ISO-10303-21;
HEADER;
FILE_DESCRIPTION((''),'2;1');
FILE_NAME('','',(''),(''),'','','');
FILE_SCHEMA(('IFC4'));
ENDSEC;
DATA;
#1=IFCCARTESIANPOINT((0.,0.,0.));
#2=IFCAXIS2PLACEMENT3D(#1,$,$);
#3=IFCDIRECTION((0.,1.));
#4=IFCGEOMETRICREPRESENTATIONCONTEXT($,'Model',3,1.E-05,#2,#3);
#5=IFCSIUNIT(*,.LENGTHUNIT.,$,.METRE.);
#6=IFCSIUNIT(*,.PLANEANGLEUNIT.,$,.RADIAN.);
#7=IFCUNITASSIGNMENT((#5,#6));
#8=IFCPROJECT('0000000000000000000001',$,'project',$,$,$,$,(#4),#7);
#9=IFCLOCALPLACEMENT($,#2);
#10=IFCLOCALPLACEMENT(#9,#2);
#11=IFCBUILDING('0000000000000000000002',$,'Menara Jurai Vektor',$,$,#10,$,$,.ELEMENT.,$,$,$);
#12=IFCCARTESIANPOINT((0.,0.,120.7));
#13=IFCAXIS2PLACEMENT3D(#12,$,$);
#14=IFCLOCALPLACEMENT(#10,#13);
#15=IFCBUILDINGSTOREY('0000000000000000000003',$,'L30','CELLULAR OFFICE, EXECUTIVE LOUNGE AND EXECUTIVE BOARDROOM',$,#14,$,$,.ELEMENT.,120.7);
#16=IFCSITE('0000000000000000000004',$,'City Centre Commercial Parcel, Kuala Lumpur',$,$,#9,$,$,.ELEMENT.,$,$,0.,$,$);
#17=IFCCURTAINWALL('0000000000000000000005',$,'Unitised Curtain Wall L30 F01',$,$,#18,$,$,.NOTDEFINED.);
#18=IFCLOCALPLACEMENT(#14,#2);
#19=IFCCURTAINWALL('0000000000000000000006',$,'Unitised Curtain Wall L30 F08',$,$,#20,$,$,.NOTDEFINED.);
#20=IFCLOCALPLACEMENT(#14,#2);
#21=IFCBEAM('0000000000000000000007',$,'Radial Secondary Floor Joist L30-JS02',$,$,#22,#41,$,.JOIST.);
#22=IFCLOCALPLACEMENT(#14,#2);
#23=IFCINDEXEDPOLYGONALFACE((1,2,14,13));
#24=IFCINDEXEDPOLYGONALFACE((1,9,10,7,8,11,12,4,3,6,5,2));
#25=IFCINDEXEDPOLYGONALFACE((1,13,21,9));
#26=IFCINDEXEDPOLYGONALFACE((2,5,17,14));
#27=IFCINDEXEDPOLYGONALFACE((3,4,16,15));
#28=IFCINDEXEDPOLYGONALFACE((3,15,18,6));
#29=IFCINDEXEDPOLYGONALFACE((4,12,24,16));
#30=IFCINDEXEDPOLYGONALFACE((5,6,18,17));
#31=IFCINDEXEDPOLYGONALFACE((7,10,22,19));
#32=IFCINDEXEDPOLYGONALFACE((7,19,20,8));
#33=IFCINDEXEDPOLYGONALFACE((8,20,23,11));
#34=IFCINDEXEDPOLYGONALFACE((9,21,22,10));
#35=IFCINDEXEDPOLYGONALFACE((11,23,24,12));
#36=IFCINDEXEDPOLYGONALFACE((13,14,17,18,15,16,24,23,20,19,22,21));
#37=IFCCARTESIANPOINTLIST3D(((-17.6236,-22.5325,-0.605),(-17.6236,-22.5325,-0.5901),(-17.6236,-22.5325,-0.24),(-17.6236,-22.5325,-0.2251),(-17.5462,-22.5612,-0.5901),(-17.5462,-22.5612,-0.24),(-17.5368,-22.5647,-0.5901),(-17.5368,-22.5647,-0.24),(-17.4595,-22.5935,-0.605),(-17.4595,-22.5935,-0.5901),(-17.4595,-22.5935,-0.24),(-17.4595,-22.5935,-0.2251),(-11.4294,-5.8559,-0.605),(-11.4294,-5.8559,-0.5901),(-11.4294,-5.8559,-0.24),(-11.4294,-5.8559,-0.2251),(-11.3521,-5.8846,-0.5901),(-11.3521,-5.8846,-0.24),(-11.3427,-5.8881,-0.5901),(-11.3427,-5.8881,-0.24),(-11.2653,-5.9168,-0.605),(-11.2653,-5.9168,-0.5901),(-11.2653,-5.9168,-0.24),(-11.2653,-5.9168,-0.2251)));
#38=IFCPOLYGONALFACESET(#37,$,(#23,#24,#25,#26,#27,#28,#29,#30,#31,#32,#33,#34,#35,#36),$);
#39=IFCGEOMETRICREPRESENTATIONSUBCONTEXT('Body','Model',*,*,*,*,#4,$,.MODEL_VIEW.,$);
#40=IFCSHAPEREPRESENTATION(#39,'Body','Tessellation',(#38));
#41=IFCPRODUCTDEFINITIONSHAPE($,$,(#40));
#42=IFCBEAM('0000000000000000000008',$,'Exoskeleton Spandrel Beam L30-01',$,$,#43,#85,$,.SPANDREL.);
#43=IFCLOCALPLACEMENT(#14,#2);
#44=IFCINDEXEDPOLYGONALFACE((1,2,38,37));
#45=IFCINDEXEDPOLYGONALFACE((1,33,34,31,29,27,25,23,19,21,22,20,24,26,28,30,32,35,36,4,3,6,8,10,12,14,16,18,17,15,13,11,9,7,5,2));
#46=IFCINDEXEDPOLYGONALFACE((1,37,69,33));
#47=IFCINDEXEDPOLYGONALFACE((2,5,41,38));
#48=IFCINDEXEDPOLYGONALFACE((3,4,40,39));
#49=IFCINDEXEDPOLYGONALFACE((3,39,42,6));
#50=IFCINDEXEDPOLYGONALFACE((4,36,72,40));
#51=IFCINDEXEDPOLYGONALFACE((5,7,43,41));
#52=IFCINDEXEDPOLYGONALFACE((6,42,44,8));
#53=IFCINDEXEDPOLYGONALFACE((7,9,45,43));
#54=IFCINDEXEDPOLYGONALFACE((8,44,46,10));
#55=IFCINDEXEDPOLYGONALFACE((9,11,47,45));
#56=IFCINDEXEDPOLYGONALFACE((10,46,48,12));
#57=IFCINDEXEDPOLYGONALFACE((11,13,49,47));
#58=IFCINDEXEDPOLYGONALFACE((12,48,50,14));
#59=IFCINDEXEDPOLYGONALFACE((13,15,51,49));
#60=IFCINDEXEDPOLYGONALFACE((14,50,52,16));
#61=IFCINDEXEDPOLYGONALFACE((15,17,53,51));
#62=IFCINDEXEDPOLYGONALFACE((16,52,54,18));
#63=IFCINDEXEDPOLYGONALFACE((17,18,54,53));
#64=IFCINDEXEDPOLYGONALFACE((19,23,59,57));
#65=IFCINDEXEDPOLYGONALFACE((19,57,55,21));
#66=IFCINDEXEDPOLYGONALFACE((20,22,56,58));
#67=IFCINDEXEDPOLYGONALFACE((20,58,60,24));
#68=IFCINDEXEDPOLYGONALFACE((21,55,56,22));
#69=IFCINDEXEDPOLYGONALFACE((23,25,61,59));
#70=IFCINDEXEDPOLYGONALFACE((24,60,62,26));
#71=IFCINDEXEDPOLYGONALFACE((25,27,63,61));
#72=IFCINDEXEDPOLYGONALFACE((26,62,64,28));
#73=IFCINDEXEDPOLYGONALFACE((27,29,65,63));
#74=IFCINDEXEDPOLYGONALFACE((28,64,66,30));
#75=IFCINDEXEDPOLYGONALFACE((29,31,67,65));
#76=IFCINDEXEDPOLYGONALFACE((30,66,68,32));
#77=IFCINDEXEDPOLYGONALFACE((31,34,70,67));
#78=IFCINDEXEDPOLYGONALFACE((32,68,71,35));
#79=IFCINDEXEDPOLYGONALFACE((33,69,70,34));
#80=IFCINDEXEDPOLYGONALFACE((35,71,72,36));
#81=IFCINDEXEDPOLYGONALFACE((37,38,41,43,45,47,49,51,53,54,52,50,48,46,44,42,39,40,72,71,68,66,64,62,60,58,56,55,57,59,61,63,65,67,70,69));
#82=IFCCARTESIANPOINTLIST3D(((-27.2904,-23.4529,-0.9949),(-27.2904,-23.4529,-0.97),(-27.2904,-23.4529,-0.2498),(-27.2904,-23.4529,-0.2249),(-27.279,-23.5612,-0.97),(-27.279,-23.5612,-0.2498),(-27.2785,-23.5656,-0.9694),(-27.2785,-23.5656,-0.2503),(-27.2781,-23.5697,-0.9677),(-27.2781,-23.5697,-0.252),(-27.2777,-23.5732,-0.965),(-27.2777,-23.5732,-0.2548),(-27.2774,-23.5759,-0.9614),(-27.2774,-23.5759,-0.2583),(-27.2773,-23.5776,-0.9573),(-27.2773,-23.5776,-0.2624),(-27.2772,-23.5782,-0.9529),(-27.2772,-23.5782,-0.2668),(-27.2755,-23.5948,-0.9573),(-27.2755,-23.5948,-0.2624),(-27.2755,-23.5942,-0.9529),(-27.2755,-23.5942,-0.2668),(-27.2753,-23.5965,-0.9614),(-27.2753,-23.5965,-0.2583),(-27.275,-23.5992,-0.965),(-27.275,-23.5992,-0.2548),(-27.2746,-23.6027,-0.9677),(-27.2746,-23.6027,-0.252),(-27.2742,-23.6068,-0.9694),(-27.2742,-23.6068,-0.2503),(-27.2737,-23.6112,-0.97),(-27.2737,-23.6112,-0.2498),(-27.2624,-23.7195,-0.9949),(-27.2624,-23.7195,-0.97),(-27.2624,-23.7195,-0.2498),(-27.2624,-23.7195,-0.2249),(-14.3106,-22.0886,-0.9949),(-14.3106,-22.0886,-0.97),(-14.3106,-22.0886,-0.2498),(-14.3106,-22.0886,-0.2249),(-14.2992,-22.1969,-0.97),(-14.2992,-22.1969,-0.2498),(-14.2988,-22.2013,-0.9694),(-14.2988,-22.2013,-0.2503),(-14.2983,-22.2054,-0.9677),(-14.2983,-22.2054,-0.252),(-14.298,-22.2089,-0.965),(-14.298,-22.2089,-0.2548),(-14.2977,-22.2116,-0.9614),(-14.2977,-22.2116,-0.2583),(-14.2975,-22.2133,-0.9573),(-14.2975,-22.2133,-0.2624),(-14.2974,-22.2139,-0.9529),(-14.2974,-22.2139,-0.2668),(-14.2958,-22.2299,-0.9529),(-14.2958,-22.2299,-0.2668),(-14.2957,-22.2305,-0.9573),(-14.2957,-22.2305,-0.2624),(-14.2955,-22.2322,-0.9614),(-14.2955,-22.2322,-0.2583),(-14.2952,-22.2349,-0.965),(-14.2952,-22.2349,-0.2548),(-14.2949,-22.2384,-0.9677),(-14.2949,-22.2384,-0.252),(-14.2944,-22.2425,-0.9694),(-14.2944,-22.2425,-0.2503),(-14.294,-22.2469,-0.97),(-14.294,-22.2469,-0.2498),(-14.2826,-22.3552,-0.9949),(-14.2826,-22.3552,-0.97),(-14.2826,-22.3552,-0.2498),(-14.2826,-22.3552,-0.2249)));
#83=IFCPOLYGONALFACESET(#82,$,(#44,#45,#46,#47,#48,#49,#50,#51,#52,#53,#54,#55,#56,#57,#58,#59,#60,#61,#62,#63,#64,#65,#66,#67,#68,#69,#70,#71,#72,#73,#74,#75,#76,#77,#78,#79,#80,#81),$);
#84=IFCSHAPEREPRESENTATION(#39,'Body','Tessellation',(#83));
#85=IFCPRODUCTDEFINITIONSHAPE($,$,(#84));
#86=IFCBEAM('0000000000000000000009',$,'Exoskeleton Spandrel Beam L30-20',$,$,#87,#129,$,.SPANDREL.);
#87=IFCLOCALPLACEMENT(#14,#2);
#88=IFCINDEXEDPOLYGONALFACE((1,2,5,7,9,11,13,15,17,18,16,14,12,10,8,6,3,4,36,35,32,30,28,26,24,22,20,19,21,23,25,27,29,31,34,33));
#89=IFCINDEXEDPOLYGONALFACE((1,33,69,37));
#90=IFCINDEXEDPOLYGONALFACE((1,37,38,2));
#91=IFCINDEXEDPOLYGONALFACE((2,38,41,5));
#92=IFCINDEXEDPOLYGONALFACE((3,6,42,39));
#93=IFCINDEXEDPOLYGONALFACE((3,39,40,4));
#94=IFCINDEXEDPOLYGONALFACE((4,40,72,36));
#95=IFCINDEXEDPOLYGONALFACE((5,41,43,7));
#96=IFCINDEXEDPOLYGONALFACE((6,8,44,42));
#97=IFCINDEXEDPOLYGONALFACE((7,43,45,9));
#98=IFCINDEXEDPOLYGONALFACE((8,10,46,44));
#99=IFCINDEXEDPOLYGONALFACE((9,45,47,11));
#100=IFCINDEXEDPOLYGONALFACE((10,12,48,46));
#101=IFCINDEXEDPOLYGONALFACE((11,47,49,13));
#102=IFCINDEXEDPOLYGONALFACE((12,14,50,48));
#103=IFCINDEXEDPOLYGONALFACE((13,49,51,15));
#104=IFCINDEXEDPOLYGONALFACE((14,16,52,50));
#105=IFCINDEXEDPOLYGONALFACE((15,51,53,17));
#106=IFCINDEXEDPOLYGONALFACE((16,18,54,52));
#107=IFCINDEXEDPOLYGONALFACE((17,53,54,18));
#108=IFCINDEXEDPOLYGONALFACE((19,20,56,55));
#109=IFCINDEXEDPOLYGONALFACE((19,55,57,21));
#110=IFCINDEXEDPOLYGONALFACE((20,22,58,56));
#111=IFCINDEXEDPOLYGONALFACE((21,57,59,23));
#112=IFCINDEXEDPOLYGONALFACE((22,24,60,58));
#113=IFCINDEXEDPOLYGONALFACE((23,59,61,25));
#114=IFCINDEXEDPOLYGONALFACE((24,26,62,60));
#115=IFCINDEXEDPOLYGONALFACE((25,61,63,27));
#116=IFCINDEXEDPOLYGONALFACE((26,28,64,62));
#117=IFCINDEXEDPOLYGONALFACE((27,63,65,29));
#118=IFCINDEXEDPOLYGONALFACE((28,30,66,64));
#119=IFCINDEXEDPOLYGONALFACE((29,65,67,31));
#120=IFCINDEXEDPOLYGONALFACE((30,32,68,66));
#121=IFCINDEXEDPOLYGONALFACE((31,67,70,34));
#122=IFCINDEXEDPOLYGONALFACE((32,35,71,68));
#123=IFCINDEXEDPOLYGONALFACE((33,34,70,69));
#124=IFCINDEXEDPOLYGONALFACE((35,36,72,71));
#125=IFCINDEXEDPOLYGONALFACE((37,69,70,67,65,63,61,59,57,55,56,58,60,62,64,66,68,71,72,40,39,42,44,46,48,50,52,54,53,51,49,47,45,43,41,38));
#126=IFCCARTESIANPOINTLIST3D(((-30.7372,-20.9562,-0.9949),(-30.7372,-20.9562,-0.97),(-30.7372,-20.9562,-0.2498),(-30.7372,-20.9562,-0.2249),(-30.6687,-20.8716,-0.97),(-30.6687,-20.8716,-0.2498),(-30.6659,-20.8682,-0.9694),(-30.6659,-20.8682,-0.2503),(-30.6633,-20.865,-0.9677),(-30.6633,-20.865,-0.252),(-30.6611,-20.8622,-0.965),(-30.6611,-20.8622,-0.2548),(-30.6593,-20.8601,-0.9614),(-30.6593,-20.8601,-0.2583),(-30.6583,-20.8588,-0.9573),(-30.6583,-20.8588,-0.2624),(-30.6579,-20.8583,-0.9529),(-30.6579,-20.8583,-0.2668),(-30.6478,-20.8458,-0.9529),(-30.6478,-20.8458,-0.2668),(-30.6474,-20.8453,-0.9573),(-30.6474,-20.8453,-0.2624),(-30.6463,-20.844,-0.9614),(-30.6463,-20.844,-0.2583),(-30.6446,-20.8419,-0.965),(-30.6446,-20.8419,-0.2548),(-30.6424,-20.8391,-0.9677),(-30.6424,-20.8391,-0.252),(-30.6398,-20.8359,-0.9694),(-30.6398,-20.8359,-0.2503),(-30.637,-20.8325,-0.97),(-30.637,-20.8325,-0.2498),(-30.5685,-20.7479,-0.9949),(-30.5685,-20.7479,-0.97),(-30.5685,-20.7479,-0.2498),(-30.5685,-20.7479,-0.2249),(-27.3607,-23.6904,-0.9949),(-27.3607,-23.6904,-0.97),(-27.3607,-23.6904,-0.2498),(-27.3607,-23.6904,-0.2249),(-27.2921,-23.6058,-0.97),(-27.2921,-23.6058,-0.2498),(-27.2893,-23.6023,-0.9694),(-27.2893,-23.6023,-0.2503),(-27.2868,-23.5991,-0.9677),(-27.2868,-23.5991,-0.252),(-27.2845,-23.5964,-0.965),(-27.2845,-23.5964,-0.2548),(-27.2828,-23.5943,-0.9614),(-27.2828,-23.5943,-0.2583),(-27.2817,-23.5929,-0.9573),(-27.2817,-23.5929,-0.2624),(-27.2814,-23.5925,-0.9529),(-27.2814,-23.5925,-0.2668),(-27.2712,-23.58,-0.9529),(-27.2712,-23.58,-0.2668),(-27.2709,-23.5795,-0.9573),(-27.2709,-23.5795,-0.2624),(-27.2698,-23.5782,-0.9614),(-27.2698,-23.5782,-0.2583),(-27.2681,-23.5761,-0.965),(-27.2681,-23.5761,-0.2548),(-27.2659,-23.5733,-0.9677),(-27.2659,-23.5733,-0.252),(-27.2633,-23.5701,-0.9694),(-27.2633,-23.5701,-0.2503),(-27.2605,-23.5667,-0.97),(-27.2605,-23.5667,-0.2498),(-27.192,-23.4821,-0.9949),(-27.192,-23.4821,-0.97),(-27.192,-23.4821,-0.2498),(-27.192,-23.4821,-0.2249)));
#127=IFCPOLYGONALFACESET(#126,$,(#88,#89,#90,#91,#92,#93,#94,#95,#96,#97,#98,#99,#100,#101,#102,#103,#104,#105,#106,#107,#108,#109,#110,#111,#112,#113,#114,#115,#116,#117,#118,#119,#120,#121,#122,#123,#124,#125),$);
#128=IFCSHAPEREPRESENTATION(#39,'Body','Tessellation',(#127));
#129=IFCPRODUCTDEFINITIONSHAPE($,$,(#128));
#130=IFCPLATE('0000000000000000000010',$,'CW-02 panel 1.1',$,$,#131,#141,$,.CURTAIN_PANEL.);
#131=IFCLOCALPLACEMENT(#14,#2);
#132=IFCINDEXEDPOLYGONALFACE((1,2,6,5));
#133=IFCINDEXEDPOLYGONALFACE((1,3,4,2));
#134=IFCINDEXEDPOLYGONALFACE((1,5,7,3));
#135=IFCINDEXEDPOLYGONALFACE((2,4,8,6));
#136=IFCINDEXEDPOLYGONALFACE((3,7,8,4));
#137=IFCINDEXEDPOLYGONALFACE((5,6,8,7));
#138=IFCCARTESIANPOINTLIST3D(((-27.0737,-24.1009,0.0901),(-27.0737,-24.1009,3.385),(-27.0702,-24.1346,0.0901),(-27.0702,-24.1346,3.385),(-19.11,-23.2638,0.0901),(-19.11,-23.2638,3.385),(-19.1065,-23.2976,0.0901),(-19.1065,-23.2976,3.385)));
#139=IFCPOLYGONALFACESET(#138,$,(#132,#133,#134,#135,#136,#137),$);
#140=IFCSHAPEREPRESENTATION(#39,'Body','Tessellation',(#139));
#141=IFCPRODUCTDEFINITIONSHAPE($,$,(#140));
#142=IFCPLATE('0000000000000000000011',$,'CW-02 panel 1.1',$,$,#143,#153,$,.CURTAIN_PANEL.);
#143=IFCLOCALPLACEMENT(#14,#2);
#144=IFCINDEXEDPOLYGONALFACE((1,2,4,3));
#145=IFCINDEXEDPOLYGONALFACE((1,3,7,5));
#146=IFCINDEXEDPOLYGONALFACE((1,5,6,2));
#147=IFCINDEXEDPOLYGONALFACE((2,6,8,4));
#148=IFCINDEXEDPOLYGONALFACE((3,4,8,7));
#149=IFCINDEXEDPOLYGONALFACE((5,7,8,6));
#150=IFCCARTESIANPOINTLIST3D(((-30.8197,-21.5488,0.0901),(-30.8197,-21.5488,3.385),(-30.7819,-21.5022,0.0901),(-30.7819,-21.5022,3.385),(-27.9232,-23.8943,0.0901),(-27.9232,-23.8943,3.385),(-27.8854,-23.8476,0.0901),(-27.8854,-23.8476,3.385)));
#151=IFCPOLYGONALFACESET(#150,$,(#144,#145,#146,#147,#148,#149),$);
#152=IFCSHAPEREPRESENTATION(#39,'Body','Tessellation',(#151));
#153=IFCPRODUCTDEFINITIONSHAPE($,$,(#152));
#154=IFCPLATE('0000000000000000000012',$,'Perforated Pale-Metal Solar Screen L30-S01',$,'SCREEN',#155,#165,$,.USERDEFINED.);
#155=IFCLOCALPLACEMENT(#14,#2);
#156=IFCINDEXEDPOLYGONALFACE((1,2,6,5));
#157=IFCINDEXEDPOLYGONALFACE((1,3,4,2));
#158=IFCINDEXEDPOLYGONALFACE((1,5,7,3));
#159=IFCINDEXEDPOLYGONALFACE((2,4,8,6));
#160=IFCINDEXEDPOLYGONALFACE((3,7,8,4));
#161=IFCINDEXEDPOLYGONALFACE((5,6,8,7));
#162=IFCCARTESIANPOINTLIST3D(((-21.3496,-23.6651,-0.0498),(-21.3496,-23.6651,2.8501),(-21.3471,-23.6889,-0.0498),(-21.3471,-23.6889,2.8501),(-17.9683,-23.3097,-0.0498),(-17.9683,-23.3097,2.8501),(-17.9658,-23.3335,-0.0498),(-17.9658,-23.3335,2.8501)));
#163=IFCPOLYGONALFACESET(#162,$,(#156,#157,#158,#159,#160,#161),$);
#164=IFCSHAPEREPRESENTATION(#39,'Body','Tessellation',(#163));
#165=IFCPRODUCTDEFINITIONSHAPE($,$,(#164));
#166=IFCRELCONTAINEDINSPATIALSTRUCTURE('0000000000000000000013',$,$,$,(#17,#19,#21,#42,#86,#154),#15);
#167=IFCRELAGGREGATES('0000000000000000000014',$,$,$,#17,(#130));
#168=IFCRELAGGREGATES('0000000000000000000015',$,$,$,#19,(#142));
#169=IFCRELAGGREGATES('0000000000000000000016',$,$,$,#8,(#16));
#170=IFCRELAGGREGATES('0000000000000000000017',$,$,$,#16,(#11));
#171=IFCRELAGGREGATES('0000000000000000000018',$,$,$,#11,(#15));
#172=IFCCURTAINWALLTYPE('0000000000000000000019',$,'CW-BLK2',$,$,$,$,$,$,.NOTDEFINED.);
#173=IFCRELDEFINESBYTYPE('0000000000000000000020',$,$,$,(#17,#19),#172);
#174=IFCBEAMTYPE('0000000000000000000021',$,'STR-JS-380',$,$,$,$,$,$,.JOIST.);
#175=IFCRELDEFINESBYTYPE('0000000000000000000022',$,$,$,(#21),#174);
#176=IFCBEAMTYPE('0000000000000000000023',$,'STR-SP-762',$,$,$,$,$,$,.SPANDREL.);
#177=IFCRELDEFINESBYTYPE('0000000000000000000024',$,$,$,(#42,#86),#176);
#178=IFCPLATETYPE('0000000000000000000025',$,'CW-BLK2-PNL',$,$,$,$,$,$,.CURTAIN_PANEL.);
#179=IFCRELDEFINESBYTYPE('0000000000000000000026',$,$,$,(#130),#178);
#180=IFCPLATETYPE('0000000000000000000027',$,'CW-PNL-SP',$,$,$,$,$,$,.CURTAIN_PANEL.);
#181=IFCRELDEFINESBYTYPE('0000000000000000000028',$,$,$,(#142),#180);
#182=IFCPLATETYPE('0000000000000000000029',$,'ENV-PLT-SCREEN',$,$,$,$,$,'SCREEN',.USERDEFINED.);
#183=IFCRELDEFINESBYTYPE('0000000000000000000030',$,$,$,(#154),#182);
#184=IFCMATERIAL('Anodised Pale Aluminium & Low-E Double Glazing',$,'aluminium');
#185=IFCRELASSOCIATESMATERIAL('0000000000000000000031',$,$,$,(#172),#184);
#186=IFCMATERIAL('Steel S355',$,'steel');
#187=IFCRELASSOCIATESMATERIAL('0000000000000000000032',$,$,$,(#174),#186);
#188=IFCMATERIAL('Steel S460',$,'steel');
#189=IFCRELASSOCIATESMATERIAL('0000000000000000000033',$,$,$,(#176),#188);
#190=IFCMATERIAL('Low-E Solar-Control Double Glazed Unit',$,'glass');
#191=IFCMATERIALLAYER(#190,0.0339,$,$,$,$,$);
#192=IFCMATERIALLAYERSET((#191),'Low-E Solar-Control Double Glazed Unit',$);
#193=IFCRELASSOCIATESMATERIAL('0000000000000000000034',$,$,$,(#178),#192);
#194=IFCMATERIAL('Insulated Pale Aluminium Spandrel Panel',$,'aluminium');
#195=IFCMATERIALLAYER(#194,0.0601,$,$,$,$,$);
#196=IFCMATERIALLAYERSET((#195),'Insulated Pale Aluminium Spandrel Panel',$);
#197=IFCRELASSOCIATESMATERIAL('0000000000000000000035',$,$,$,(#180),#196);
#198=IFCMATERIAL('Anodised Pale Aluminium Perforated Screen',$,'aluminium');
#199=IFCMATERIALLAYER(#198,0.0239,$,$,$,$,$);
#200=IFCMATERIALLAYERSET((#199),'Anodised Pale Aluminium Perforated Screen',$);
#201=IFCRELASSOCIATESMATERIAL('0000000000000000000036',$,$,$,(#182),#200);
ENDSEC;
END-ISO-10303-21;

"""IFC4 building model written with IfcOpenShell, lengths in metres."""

from ifc_helpers import new_model, si_unit, direction, frame, origin, origin_2d, place, context, subcontext, project, spatial, rectangle, i_section, extrude, material, layer, layer_set, material_profile, profile_set, type_object, element, aggregate, save


model = new_model("IFC4")

# Units and contexts
model_context = context("Model", 3, precision=1e-05, world=origin(), true_north=direction((0.0, 1.0)))
body_context = subcontext(model_context, "Body", "Model", "MODEL_VIEW")
ifc_project = project(units=[si_unit("LENGTHUNIT", "METRE"), si_unit("PLANEANGLEUNIT", "RADIAN")], contexts=[model_context])

# Site, building, storey
site_placement = place(None, origin())
site = spatial("IfcSite", under=ifc_project, at=site_placement, Name="City Centre Commercial Parcel, Kuala Lumpur", CompositionType="ELEMENT", RefElevation=0.0)
building_placement = place(site_placement, origin())
building = spatial("IfcBuilding", under=site, at=building_placement, Name="Menara Jurai Vektor", CompositionType="ELEMENT")
storey_placement = place(building_placement, frame((0.0, 0.0, 120.7)))
storey = spatial("IfcBuildingStorey", under=building, at=storey_placement, Name="L30", Description="CELLULAR OFFICE, EXECUTIVE LOUNGE AND EXECUTIVE BOARDROOM", CompositionType="ELEMENT", Elevation=120.7)

# Shared definitions
ifc_material_1 = material(Name="Steel S460", Category="steel")

# Curtain wall
ifc_material_2 = material(Name="Anodised Pale Aluminium & Low-E Double Glazing", Category="aluminium")
curtain_wall_type = type_object("IfcCurtainWallType", Name="CW-BLK2", PredefinedType="NOTDEFINED", material=ifc_material_2)
curtain_wall_1_placement = place(storey_placement, origin())
curtain_wall_1 = element("IfcCurtainWall", 1, at=curtain_wall_1_placement, inside=storey, type_object=curtain_wall_type, Name="Unitised Curtain Wall L30 F01", PredefinedType="NOTDEFINED")

# Curtain wall
curtain_wall_2_placement = place(storey_placement, origin())
curtain_wall_2 = element("IfcCurtainWall", 2, at=curtain_wall_2_placement, inside=storey, type_object=curtain_wall_type, Name="Unitised Curtain Wall L30 F08", PredefinedType="NOTDEFINED")

# Shared definitions
ifc_material_3 = material(Name="Steel S355", Category="steel")

# Beams
ifc_material_profile_1 = material_profile(ifc_material_3, i_section(OverallWidth=0.175, OverallDepth=0.3799, WebThickness=0.01, FlangeThickness=0.0149, at=origin_2d()), Name="PG 380x175x58")
ifc_profile_set_1 = profile_set([ifc_material_profile_1], Name="Steel S355")
beam_type_1 = type_object("IfcBeamType", Name="STR-JS-380", PredefinedType="JOIST", material=ifc_profile_set_1)
beam_1_placement = place(storey_placement, frame((-17.5415, -22.563, -0.415), z_axis=(0.348184, 0.937426, 0.0), x_axis=(-0.937426, 0.348184, 0.0)))
element("IfcBeam", 3, at=beam_1_placement, inside=storey, type_object=beam_type_1, Name="Radial Secondary Floor Joist L30-JS02", PredefinedType="JOIST", context=body_context, shape_type="SweptSolid", body=[
    extrude(i_section(OverallWidth=0.175, OverallDepth=0.3799, WebThickness=0.01, FlangeThickness=0.0149, at=origin_2d()), origin(), (0.0, 0.0, 1.0), 17.7898),
])
ifc_material_profile_2 = material_profile(ifc_material_1, i_section(OverallWidth=0.2681, OverallDepth=0.77, WebThickness=0.0161, FlangeThickness=0.0249, FilletRadius=0.0171, at=origin_2d()), Name="UKB 762x267x197")
ifc_profile_set_2 = profile_set([ifc_material_profile_2], Name="Steel S460")
beam_type_2 = type_object("IfcBeamType", Name="STR-SP-762", PredefinedType="SPANDREL", material=ifc_profile_set_2)
beam_2_placement = place(storey_placement, frame((-27.2764, -23.5862, -0.6099), z_axis=(0.994522, 0.104531, 0.0), x_axis=(-0.104531, 0.994522, 0.0)))
element("IfcBeam", 4, at=beam_2_placement, inside=storey, type_object=beam_type_2, Name="Exoskeleton Spandrel Beam L30-01", PredefinedType="SPANDREL", context=body_context, shape_type="SweptSolid", body=[
    extrude(i_section(OverallWidth=0.2681, OverallDepth=0.77, WebThickness=0.0161, FlangeThickness=0.0249, FilletRadius=0.0171, at=origin_2d()), origin(), (0.0, 0.0, 1.0), 13.0513),
])
beam_3_placement = place(storey_placement, frame((-30.6528, -20.8521, -0.6099), z_axis=(0.777155, -0.62931, 0.0), x_axis=(0.62931, 0.777155, 0.0)))
element("IfcBeam", 5, at=beam_3_placement, inside=storey, type_object=beam_type_2, Name="Exoskeleton Spandrel Beam L30-20", PredefinedType="SPANDREL", context=body_context, shape_type="SweptSolid", body=[
    extrude(i_section(OverallWidth=0.2681, OverallDepth=0.77, WebThickness=0.0161, FlangeThickness=0.0249, FilletRadius=0.0171, at=origin_2d()), origin(), (0.0, 0.0, 1.0), 4.3447),
])

# Plates
ifc_material_4 = material(Name="Low-E Solar-Control Double Glazed Unit", Category="glass")
ifc_layer_1 = layer(ifc_material_4, 0.0339)
ifc_layer_set_1 = layer_set([ifc_layer_1], Name="Low-E Solar-Control Double Glazed Unit")
plate_type_1 = type_object("IfcPlateType", Name="CW-BLK2-PNL", PredefinedType="CURTAIN_PANEL", material=ifc_layer_set_1)
plate_1_placement = place(storey_placement, frame((-23.0901, -23.6992, 0.0901), z_axis=(0.0, 0.0, 1.0), x_axis=(0.994522, 0.104529, 0.0)))
plate_1 = element("IfcPlate", 6, at=plate_1_placement, type_object=plate_type_1, Name="CW-02 panel 1.1", PredefinedType="CURTAIN_PANEL", context=body_context, shape_type="SweptSolid", body=[
    extrude(rectangle(XDim=8.0076, YDim=0.0339, at=origin_2d()), origin(), (0.0, 0.0, 1.0), 3.2949),
])
aggregate(curtain_wall_1, [plate_1])
ifc_material_5 = material(Name="Insulated Pale Aluminium Spandrel Panel", Category="aluminium")
ifc_layer_2 = layer(ifc_material_5, 0.0601)
ifc_layer_set_2 = layer_set([ifc_layer_2], Name="Insulated Pale Aluminium Spandrel Panel")
plate_type_2 = type_object("IfcPlateType", Name="CW-PNL-SP", PredefinedType="CURTAIN_PANEL", material=ifc_layer_set_2)
plate_2_placement = place(storey_placement, frame((-29.3525, -22.6982, 0.0901), z_axis=(0.0, 0.0, 1.0), x_axis=(0.777152, -0.629313, 0.0)))
plate_2 = element("IfcPlate", 7, at=plate_2_placement, type_object=plate_type_2, Name="CW-02 panel 1.1", PredefinedType="CURTAIN_PANEL", context=body_context, shape_type="SweptSolid", body=[
    extrude(rectangle(XDim=3.7271, YDim=0.0601, at=origin_2d()), origin(), (0.0, 0.0, 1.0), 3.2949),
])
aggregate(curtain_wall_2, [plate_2])
ifc_material_6 = material(Name="Anodised Pale Aluminium Perforated Screen", Category="aluminium")
ifc_layer_3 = layer(ifc_material_6, 0.0239)
ifc_layer_set_3 = layer_set([ifc_layer_3], Name="Anodised Pale Aluminium Perforated Screen")
plate_type_3 = type_object("IfcPlateType", Name="ENV-PLT-SCREEN", ElementType="SCREEN", PredefinedType="USERDEFINED", material=ifc_layer_set_3)
plate_3_placement = place(storey_placement, frame((-19.6577, -23.4993, -0.0498), z_axis=(0.0, 0.0, 1.0), x_axis=(0.994522, 0.104528, 0.0)))
element("IfcPlate", 8, at=plate_3_placement, inside=storey, type_object=plate_type_3, Name="Perforated Pale-Metal Solar Screen L30-S01", ObjectType="SCREEN", PredefinedType="USERDEFINED", context=body_context, shape_type="SweptSolid", body=[
    extrude(rectangle(XDim=3.3999, YDim=0.0239, at=origin_2d()), origin(), (0.0, 0.0, 1.0), 2.8999),
])

save(model, "model.ifc")
